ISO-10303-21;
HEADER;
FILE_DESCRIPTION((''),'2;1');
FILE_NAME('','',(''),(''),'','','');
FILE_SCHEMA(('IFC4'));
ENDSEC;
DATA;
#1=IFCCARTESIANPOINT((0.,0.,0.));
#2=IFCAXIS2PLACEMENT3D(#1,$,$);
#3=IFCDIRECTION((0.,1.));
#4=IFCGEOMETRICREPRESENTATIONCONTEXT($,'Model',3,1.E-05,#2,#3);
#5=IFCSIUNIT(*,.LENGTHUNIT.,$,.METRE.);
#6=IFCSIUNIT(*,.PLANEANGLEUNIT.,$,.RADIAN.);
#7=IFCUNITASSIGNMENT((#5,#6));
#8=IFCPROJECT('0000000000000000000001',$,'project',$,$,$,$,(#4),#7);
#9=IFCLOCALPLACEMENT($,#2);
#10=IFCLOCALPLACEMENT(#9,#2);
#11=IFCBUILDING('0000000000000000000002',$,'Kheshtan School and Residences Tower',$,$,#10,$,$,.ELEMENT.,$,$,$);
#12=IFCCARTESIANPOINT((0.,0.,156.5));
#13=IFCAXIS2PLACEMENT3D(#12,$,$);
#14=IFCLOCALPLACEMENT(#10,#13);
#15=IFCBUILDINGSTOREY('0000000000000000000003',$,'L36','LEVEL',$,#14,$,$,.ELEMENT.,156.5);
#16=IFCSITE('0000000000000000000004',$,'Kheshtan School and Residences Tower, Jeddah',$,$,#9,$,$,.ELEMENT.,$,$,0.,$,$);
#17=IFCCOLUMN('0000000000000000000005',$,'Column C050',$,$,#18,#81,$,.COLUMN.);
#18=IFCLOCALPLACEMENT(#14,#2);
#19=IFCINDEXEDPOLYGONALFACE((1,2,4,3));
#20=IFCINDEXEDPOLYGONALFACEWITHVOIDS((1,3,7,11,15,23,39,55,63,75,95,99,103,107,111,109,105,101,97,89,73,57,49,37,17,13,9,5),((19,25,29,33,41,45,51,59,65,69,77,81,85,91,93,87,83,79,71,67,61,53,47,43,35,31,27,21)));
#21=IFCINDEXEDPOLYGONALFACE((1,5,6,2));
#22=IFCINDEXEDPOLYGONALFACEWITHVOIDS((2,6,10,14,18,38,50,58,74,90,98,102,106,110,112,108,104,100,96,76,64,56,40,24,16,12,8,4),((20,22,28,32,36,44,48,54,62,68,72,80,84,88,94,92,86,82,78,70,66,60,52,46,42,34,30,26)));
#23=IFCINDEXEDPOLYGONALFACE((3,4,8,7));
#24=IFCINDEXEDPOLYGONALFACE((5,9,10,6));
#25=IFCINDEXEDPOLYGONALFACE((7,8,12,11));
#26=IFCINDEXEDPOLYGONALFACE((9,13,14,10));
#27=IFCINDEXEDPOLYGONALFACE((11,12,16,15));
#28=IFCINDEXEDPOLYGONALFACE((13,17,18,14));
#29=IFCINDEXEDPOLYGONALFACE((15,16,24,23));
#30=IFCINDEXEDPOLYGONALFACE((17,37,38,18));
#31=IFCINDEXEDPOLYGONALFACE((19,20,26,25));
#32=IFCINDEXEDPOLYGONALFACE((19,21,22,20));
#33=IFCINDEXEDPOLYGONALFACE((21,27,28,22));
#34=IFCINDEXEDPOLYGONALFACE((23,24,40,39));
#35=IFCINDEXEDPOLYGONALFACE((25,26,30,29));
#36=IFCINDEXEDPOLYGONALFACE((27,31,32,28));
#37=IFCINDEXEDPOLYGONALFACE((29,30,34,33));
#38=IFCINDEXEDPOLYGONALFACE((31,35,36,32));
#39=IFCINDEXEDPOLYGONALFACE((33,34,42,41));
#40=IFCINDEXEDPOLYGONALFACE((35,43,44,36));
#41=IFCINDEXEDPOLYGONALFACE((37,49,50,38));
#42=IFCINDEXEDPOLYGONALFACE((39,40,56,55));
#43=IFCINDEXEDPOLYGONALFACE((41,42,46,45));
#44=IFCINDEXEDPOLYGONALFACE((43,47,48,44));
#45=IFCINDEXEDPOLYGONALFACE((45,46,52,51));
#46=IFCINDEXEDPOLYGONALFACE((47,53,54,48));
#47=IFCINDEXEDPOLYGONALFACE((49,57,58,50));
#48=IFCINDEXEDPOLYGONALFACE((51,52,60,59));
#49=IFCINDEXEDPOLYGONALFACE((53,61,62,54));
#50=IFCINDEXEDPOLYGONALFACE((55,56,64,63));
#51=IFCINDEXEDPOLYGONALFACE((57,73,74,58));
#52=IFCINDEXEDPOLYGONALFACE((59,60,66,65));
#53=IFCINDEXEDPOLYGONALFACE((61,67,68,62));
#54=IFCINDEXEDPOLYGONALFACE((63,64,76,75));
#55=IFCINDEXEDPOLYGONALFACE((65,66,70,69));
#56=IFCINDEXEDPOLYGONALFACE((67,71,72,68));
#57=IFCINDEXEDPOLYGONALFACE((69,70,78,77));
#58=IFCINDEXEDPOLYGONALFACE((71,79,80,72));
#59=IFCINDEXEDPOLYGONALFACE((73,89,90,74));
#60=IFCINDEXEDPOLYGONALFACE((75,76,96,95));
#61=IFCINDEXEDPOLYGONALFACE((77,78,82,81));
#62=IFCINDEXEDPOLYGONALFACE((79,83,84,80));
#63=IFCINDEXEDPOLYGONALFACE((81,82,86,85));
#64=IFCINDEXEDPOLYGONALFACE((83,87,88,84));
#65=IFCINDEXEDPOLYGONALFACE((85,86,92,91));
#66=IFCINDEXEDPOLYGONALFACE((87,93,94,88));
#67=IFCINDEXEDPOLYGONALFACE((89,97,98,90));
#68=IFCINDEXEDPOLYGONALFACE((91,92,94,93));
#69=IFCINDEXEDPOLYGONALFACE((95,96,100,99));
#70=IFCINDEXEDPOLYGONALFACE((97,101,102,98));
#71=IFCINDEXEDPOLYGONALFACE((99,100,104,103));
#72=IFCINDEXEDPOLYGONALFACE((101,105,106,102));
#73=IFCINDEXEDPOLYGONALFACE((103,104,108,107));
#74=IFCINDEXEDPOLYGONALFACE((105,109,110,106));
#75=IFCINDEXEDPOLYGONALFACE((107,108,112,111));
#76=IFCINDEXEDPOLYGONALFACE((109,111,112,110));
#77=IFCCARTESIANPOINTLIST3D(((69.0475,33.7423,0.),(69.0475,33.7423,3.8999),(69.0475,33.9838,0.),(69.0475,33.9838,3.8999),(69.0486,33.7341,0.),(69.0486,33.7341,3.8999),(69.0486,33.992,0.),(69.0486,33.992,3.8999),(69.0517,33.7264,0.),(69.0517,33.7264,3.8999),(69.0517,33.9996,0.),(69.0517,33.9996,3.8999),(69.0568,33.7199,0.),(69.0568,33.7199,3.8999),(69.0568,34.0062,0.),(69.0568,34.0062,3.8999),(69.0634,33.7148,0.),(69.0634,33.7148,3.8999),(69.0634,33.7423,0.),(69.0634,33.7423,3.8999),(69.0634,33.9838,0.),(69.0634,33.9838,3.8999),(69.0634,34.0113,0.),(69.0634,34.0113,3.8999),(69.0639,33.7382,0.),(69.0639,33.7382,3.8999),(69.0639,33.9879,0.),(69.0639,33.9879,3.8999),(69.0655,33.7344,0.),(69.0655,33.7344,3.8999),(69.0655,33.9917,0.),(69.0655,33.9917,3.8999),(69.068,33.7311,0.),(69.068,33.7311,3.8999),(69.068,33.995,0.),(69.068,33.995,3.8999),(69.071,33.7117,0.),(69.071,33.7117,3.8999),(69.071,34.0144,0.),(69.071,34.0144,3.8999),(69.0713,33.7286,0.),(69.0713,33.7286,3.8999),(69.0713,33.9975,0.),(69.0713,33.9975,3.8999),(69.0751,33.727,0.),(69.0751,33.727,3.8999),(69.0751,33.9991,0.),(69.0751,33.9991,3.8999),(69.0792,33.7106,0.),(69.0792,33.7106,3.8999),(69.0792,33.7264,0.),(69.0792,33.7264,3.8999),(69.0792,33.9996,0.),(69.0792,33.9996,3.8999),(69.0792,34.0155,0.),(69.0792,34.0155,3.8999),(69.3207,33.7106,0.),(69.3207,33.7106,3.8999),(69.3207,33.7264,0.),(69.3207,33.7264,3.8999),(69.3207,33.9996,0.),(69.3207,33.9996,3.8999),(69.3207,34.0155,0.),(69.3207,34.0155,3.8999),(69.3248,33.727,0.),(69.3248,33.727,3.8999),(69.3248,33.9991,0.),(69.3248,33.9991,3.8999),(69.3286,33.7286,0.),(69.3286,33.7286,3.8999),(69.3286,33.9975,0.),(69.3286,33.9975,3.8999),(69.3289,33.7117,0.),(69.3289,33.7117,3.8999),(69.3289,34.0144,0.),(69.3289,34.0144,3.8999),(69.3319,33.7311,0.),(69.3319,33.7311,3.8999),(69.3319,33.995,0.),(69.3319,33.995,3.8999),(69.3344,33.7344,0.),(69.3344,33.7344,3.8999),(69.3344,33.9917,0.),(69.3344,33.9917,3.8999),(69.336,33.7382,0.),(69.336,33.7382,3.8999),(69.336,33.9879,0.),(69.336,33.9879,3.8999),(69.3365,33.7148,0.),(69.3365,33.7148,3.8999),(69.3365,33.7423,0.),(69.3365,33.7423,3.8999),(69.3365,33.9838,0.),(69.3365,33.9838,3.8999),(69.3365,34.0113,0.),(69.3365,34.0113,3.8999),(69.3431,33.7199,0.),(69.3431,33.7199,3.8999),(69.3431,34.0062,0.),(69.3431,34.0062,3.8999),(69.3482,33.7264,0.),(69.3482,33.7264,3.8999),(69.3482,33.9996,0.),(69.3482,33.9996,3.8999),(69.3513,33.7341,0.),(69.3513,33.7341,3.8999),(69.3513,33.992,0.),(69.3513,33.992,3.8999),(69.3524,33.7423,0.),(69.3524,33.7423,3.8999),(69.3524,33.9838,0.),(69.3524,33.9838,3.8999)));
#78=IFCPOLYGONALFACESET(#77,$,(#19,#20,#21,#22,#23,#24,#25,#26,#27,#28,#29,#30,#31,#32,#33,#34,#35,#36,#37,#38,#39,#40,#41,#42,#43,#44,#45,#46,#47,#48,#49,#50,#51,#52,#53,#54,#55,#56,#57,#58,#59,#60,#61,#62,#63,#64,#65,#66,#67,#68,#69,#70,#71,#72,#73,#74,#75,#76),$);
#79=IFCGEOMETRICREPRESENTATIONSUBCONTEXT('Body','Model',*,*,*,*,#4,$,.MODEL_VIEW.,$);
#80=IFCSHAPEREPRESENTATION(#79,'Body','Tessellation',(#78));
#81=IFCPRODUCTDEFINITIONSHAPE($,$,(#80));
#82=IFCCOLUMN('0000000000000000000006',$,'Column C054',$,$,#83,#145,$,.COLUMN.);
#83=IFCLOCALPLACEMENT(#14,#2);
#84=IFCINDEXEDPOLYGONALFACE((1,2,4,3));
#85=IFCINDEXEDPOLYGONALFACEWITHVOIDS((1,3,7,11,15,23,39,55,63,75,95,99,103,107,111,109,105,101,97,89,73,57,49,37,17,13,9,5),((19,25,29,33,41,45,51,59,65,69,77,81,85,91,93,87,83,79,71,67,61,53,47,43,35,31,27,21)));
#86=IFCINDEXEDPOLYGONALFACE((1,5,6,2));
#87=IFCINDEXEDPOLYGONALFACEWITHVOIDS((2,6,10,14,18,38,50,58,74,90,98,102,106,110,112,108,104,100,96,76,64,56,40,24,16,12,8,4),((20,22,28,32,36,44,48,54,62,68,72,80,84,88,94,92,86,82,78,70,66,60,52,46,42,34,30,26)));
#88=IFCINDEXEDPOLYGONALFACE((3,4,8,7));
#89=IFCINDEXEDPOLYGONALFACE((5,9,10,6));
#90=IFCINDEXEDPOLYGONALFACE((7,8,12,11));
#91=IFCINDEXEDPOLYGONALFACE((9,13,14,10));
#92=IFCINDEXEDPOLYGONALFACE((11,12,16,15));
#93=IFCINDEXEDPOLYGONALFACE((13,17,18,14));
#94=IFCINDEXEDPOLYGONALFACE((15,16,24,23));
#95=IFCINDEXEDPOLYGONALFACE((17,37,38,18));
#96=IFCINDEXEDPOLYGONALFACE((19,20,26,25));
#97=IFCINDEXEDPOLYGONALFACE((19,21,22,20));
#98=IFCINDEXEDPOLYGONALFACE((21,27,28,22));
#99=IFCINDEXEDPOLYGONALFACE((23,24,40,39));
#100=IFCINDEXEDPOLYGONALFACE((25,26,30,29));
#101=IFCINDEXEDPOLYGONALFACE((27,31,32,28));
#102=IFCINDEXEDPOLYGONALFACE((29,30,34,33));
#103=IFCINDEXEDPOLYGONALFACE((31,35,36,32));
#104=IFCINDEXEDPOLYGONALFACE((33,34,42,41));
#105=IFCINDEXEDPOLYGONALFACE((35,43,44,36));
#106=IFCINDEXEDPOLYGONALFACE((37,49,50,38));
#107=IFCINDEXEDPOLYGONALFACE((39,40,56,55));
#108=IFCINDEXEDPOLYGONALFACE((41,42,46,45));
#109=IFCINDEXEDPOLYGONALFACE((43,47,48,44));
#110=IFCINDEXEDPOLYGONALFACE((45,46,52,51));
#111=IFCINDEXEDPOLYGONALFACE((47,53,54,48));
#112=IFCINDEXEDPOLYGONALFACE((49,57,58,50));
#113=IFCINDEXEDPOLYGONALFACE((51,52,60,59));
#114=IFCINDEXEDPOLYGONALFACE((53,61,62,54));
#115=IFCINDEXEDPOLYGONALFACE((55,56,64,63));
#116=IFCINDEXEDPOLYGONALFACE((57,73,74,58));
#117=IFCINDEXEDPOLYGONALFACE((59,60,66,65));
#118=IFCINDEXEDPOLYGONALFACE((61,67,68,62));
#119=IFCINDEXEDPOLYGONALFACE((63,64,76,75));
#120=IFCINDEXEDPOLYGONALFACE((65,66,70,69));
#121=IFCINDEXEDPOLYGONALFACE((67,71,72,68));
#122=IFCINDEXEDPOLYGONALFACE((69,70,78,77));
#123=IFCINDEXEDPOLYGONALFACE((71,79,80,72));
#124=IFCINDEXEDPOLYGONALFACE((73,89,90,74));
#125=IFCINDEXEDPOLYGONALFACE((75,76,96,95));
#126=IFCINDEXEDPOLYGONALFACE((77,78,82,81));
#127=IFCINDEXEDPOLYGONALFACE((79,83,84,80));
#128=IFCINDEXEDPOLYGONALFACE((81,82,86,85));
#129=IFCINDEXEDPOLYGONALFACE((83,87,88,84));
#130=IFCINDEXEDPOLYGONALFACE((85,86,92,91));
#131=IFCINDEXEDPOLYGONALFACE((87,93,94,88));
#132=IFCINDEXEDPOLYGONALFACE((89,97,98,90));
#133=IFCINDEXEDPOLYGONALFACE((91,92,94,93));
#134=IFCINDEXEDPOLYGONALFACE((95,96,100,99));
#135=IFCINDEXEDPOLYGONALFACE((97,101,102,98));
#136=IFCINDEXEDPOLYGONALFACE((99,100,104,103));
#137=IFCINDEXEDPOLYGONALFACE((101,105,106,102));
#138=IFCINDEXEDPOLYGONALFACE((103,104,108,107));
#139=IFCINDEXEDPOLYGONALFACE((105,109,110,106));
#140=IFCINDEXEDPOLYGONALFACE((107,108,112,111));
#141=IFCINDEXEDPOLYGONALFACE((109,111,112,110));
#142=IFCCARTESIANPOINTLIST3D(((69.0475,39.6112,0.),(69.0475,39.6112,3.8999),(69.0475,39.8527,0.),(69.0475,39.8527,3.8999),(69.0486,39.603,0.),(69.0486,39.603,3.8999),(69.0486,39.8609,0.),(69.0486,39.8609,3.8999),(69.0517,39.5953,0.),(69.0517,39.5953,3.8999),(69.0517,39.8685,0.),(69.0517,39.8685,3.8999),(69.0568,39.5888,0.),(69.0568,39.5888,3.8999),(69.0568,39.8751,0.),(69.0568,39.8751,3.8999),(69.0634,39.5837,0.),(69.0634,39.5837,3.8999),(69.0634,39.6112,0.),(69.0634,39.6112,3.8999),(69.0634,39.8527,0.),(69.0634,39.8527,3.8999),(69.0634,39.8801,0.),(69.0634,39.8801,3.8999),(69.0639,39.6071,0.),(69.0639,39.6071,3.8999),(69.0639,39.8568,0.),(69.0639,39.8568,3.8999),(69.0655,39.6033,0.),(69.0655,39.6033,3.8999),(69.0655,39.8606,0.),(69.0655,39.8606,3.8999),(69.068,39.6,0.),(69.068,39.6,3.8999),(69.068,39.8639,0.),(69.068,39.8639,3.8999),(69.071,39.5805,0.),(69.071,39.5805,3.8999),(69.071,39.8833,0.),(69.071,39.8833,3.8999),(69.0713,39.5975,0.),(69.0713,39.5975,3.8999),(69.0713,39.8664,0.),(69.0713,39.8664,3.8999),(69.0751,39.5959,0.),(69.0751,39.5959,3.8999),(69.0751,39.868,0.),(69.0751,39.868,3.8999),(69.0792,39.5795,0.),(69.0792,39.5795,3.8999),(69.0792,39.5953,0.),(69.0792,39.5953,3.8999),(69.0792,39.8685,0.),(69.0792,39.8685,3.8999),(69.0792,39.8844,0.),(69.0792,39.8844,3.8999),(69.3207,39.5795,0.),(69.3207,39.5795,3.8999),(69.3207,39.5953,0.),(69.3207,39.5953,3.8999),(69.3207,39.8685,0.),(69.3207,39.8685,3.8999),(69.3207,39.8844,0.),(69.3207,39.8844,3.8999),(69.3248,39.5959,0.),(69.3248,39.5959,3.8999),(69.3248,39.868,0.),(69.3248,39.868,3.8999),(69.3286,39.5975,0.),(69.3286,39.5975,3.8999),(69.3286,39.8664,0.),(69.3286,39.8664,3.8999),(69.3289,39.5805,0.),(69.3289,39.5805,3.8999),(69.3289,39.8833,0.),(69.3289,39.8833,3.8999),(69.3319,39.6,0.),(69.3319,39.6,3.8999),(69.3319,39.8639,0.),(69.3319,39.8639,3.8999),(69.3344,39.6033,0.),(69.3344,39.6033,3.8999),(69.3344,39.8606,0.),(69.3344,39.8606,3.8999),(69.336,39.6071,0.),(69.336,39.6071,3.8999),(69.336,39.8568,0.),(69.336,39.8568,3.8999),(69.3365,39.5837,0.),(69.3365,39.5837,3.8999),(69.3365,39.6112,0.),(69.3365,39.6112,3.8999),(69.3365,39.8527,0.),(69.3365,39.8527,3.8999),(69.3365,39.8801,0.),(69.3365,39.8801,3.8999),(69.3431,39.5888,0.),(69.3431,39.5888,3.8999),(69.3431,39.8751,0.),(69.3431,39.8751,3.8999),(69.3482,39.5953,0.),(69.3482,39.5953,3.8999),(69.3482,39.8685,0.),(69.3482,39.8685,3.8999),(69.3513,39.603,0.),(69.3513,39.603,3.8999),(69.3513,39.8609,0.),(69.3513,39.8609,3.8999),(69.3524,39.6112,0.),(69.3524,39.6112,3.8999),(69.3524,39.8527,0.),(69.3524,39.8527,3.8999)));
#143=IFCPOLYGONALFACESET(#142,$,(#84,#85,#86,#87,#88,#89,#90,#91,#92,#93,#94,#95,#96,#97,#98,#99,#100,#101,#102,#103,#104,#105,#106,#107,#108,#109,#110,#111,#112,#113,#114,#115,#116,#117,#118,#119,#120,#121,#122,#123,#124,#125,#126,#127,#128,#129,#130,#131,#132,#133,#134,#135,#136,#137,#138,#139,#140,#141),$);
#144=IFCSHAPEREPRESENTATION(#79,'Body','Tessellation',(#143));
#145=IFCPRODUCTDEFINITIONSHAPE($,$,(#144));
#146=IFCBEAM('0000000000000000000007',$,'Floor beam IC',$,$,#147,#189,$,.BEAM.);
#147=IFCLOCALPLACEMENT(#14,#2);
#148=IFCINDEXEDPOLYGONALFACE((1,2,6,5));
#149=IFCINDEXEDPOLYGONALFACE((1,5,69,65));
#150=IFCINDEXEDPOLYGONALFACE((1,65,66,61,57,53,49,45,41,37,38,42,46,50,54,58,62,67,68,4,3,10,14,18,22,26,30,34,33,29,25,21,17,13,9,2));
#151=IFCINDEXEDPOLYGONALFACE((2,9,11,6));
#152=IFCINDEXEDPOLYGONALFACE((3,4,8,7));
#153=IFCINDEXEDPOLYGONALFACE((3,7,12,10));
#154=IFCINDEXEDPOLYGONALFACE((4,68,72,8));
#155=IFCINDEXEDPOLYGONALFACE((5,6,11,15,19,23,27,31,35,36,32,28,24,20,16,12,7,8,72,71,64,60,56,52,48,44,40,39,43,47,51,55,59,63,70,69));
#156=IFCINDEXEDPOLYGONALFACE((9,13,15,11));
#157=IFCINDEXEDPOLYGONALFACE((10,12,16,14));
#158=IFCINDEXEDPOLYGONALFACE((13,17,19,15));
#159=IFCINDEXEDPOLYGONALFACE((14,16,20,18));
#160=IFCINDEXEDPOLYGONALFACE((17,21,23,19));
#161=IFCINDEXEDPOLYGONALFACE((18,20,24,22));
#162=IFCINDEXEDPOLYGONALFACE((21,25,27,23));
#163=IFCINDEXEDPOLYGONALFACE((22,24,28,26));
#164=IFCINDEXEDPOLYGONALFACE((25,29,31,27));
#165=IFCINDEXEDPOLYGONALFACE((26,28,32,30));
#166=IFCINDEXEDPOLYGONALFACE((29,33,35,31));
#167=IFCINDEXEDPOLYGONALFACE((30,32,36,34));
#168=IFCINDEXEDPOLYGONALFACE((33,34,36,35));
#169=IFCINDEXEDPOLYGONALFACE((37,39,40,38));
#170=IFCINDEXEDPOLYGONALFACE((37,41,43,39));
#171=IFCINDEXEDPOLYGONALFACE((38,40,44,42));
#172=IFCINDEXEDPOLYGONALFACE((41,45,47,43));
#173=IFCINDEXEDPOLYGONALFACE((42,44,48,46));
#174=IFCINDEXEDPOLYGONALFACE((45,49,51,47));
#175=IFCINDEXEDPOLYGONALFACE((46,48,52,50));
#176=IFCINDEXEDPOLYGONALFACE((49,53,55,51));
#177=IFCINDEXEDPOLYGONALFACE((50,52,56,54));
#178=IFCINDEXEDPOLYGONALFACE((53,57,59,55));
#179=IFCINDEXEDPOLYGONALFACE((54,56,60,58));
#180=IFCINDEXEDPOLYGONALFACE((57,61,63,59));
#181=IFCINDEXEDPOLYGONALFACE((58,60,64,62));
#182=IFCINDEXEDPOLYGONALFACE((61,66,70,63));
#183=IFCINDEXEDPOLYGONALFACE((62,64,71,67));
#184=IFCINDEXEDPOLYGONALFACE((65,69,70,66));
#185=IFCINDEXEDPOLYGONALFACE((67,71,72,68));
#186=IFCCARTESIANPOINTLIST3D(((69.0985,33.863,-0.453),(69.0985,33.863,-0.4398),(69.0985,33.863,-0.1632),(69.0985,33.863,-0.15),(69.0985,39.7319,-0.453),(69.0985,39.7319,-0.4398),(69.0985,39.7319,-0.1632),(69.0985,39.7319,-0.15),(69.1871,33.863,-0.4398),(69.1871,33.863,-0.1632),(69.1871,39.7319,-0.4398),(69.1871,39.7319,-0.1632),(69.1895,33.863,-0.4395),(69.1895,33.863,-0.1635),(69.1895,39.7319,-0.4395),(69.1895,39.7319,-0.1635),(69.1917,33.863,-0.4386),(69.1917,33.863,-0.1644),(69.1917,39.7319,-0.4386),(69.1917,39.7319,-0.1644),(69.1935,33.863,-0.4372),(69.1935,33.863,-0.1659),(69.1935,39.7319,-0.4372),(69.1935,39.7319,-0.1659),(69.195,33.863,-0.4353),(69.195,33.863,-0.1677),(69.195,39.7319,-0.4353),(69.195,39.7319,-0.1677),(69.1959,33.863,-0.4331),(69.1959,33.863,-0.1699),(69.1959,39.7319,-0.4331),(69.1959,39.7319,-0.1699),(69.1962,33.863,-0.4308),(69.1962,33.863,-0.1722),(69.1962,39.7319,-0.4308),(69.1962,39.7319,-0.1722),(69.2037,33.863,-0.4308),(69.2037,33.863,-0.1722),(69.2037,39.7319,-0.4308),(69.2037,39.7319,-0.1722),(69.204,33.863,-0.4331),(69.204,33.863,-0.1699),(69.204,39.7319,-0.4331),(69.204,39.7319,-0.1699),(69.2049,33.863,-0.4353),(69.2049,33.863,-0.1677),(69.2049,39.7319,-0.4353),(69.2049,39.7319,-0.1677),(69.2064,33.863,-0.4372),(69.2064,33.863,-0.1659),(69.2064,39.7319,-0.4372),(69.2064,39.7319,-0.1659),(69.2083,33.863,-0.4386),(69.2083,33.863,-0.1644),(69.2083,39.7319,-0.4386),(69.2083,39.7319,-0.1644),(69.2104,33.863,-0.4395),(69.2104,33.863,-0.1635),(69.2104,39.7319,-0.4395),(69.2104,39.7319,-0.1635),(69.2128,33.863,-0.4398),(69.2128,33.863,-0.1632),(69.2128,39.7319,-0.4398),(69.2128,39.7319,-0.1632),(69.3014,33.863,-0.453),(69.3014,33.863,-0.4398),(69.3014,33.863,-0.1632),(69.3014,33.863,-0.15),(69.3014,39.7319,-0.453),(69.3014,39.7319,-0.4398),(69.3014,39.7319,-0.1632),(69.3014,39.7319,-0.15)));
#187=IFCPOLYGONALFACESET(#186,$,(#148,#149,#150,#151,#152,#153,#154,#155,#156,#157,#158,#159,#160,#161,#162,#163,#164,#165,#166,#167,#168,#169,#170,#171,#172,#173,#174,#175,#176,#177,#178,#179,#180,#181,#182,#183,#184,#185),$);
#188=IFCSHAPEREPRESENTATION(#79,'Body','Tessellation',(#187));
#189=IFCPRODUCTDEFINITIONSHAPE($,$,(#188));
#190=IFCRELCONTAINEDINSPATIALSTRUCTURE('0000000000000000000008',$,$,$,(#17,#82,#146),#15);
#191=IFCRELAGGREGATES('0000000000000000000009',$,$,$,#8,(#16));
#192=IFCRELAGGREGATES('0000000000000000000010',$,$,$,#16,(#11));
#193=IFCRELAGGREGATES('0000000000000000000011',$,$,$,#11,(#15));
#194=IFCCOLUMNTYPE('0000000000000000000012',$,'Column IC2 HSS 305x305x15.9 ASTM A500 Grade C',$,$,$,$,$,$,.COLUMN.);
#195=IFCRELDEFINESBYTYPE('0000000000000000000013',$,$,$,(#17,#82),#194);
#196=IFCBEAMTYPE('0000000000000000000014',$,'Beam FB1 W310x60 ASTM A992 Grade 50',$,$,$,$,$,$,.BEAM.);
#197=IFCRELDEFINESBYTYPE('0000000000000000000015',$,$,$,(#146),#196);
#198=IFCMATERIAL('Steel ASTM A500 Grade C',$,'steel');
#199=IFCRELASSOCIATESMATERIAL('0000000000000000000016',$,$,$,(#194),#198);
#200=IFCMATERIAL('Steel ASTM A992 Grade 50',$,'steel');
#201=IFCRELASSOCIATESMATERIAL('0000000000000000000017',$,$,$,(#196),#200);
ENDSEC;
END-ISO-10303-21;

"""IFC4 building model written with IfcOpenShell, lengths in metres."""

from ifc_helpers import new_model, si_unit, direction, frame, origin, origin_2d, place, context, subcontext, project, spatial, hollow_rectangle, i_section, extrude, material, material_profile, profile_set, type_object, element, save


model = new_model("IFC4")

# Units and contexts
model_context = context("Model", 3, precision=1e-05, world=origin(), true_north=direction((0.0, 1.0)))
body_context = subcontext(model_context, "Body", "Model", "MODEL_VIEW")
ifc_project = project(units=[si_unit("LENGTHUNIT", "METRE"), si_unit("PLANEANGLEUNIT", "RADIAN")], contexts=[model_context])

# Site, building, storey
site_placement = place(None, origin())
site = spatial("IfcSite", under=ifc_project, at=site_placement, Name="Kheshtan School and Residences Tower, Jeddah", CompositionType="ELEMENT", RefElevation=0.0)
building_placement = place(site_placement, origin())
building = spatial("IfcBuilding", under=site, at=building_placement, Name="Kheshtan School and Residences Tower", CompositionType="ELEMENT")
storey_placement = place(building_placement, frame((0.0, 0.0, 156.5)))
storey = spatial("IfcBuildingStorey", under=building, at=storey_placement, Name="L36", Description="LEVEL", CompositionType="ELEMENT", Elevation=156.5)

# Columns
ifc_material_1 = material(Name="Steel ASTM A500 Grade C", Category="steel")
ifc_material_profile_1 = material_profile(ifc_material_1, hollow_rectangle(XDim=0.3049, YDim=0.3049, WallThickness=0.0159, InnerFilletRadius=0.0159, OuterFilletRadius=0.0317, at=origin_2d()), Name="HSS 305x305x15.9")
ifc_profile_set_1 = profile_set([ifc_material_profile_1], Name="Steel ASTM A500 Grade C")
column_type = type_object("IfcColumnType", Name="Column IC2 HSS 305x305x15.9 ASTM A500 Grade C", PredefinedType="COLUMN", material=ifc_profile_set_1)
for number, where, z_axis, x_axis, name in (
    (1, (69.2, 33.863, 0.0), (0.0, 0.0, 1.0), (1.0, 0.0, 0.0), "Column C050"),
    (2, (69.2, 39.7319, 0.0), (0.0, 0.0, 1.0), (1.0, 0.0, 0.0), "Column C054"),
):
    element("IfcColumn", number, at=place(storey_placement, frame(where, z_axis=z_axis, x_axis=x_axis)), inside=storey, type_object=column_type, Name=name, PredefinedType="COLUMN", context=body_context, shape_type="SweptSolid", body=[
        extrude(hollow_rectangle(XDim=0.3049, YDim=0.3049, WallThickness=0.0159, InnerFilletRadius=0.0159, OuterFilletRadius=0.0317, at=origin_2d()), origin(), (0.0, 0.0, 1.0), 3.8999),
    ])

# Beam
ifc_material_2 = material(Name="Steel ASTM A992 Grade 50", Category="steel")
ifc_material_profile_2 = material_profile(ifc_material_2, i_section(OverallWidth=0.2029, OverallDepth=0.303, WebThickness=0.0076, FlangeThickness=0.0132, FilletRadius=0.009, at=origin_2d()), Name="W310x60")
ifc_profile_set_2 = profile_set([ifc_material_profile_2], Name="Steel ASTM A992 Grade 50")
beam_type = type_object("IfcBeamType", Name="Beam FB1 W310x60 ASTM A992 Grade 50", PredefinedType="BEAM", material=ifc_profile_set_2)
beam_placement = place(storey_placement, frame((69.2, 33.863, -0.3015), z_axis=(0.0, 1.0, 0.0), x_axis=(-1.0, 0.0, 0.0)))
element("IfcBeam", 3, at=beam_placement, inside=storey, type_object=beam_type, Name="Floor beam IC", PredefinedType="BEAM", context=body_context, shape_type="SweptSolid", body=[
    extrude(i_section(OverallWidth=0.2029, OverallDepth=0.303, WebThickness=0.0076, FlangeThickness=0.0132, FilletRadius=0.009, at=origin_2d()), origin(), (0.0, 0.0, 1.0), 5.8689),
])

save(model, "model.ifc")
